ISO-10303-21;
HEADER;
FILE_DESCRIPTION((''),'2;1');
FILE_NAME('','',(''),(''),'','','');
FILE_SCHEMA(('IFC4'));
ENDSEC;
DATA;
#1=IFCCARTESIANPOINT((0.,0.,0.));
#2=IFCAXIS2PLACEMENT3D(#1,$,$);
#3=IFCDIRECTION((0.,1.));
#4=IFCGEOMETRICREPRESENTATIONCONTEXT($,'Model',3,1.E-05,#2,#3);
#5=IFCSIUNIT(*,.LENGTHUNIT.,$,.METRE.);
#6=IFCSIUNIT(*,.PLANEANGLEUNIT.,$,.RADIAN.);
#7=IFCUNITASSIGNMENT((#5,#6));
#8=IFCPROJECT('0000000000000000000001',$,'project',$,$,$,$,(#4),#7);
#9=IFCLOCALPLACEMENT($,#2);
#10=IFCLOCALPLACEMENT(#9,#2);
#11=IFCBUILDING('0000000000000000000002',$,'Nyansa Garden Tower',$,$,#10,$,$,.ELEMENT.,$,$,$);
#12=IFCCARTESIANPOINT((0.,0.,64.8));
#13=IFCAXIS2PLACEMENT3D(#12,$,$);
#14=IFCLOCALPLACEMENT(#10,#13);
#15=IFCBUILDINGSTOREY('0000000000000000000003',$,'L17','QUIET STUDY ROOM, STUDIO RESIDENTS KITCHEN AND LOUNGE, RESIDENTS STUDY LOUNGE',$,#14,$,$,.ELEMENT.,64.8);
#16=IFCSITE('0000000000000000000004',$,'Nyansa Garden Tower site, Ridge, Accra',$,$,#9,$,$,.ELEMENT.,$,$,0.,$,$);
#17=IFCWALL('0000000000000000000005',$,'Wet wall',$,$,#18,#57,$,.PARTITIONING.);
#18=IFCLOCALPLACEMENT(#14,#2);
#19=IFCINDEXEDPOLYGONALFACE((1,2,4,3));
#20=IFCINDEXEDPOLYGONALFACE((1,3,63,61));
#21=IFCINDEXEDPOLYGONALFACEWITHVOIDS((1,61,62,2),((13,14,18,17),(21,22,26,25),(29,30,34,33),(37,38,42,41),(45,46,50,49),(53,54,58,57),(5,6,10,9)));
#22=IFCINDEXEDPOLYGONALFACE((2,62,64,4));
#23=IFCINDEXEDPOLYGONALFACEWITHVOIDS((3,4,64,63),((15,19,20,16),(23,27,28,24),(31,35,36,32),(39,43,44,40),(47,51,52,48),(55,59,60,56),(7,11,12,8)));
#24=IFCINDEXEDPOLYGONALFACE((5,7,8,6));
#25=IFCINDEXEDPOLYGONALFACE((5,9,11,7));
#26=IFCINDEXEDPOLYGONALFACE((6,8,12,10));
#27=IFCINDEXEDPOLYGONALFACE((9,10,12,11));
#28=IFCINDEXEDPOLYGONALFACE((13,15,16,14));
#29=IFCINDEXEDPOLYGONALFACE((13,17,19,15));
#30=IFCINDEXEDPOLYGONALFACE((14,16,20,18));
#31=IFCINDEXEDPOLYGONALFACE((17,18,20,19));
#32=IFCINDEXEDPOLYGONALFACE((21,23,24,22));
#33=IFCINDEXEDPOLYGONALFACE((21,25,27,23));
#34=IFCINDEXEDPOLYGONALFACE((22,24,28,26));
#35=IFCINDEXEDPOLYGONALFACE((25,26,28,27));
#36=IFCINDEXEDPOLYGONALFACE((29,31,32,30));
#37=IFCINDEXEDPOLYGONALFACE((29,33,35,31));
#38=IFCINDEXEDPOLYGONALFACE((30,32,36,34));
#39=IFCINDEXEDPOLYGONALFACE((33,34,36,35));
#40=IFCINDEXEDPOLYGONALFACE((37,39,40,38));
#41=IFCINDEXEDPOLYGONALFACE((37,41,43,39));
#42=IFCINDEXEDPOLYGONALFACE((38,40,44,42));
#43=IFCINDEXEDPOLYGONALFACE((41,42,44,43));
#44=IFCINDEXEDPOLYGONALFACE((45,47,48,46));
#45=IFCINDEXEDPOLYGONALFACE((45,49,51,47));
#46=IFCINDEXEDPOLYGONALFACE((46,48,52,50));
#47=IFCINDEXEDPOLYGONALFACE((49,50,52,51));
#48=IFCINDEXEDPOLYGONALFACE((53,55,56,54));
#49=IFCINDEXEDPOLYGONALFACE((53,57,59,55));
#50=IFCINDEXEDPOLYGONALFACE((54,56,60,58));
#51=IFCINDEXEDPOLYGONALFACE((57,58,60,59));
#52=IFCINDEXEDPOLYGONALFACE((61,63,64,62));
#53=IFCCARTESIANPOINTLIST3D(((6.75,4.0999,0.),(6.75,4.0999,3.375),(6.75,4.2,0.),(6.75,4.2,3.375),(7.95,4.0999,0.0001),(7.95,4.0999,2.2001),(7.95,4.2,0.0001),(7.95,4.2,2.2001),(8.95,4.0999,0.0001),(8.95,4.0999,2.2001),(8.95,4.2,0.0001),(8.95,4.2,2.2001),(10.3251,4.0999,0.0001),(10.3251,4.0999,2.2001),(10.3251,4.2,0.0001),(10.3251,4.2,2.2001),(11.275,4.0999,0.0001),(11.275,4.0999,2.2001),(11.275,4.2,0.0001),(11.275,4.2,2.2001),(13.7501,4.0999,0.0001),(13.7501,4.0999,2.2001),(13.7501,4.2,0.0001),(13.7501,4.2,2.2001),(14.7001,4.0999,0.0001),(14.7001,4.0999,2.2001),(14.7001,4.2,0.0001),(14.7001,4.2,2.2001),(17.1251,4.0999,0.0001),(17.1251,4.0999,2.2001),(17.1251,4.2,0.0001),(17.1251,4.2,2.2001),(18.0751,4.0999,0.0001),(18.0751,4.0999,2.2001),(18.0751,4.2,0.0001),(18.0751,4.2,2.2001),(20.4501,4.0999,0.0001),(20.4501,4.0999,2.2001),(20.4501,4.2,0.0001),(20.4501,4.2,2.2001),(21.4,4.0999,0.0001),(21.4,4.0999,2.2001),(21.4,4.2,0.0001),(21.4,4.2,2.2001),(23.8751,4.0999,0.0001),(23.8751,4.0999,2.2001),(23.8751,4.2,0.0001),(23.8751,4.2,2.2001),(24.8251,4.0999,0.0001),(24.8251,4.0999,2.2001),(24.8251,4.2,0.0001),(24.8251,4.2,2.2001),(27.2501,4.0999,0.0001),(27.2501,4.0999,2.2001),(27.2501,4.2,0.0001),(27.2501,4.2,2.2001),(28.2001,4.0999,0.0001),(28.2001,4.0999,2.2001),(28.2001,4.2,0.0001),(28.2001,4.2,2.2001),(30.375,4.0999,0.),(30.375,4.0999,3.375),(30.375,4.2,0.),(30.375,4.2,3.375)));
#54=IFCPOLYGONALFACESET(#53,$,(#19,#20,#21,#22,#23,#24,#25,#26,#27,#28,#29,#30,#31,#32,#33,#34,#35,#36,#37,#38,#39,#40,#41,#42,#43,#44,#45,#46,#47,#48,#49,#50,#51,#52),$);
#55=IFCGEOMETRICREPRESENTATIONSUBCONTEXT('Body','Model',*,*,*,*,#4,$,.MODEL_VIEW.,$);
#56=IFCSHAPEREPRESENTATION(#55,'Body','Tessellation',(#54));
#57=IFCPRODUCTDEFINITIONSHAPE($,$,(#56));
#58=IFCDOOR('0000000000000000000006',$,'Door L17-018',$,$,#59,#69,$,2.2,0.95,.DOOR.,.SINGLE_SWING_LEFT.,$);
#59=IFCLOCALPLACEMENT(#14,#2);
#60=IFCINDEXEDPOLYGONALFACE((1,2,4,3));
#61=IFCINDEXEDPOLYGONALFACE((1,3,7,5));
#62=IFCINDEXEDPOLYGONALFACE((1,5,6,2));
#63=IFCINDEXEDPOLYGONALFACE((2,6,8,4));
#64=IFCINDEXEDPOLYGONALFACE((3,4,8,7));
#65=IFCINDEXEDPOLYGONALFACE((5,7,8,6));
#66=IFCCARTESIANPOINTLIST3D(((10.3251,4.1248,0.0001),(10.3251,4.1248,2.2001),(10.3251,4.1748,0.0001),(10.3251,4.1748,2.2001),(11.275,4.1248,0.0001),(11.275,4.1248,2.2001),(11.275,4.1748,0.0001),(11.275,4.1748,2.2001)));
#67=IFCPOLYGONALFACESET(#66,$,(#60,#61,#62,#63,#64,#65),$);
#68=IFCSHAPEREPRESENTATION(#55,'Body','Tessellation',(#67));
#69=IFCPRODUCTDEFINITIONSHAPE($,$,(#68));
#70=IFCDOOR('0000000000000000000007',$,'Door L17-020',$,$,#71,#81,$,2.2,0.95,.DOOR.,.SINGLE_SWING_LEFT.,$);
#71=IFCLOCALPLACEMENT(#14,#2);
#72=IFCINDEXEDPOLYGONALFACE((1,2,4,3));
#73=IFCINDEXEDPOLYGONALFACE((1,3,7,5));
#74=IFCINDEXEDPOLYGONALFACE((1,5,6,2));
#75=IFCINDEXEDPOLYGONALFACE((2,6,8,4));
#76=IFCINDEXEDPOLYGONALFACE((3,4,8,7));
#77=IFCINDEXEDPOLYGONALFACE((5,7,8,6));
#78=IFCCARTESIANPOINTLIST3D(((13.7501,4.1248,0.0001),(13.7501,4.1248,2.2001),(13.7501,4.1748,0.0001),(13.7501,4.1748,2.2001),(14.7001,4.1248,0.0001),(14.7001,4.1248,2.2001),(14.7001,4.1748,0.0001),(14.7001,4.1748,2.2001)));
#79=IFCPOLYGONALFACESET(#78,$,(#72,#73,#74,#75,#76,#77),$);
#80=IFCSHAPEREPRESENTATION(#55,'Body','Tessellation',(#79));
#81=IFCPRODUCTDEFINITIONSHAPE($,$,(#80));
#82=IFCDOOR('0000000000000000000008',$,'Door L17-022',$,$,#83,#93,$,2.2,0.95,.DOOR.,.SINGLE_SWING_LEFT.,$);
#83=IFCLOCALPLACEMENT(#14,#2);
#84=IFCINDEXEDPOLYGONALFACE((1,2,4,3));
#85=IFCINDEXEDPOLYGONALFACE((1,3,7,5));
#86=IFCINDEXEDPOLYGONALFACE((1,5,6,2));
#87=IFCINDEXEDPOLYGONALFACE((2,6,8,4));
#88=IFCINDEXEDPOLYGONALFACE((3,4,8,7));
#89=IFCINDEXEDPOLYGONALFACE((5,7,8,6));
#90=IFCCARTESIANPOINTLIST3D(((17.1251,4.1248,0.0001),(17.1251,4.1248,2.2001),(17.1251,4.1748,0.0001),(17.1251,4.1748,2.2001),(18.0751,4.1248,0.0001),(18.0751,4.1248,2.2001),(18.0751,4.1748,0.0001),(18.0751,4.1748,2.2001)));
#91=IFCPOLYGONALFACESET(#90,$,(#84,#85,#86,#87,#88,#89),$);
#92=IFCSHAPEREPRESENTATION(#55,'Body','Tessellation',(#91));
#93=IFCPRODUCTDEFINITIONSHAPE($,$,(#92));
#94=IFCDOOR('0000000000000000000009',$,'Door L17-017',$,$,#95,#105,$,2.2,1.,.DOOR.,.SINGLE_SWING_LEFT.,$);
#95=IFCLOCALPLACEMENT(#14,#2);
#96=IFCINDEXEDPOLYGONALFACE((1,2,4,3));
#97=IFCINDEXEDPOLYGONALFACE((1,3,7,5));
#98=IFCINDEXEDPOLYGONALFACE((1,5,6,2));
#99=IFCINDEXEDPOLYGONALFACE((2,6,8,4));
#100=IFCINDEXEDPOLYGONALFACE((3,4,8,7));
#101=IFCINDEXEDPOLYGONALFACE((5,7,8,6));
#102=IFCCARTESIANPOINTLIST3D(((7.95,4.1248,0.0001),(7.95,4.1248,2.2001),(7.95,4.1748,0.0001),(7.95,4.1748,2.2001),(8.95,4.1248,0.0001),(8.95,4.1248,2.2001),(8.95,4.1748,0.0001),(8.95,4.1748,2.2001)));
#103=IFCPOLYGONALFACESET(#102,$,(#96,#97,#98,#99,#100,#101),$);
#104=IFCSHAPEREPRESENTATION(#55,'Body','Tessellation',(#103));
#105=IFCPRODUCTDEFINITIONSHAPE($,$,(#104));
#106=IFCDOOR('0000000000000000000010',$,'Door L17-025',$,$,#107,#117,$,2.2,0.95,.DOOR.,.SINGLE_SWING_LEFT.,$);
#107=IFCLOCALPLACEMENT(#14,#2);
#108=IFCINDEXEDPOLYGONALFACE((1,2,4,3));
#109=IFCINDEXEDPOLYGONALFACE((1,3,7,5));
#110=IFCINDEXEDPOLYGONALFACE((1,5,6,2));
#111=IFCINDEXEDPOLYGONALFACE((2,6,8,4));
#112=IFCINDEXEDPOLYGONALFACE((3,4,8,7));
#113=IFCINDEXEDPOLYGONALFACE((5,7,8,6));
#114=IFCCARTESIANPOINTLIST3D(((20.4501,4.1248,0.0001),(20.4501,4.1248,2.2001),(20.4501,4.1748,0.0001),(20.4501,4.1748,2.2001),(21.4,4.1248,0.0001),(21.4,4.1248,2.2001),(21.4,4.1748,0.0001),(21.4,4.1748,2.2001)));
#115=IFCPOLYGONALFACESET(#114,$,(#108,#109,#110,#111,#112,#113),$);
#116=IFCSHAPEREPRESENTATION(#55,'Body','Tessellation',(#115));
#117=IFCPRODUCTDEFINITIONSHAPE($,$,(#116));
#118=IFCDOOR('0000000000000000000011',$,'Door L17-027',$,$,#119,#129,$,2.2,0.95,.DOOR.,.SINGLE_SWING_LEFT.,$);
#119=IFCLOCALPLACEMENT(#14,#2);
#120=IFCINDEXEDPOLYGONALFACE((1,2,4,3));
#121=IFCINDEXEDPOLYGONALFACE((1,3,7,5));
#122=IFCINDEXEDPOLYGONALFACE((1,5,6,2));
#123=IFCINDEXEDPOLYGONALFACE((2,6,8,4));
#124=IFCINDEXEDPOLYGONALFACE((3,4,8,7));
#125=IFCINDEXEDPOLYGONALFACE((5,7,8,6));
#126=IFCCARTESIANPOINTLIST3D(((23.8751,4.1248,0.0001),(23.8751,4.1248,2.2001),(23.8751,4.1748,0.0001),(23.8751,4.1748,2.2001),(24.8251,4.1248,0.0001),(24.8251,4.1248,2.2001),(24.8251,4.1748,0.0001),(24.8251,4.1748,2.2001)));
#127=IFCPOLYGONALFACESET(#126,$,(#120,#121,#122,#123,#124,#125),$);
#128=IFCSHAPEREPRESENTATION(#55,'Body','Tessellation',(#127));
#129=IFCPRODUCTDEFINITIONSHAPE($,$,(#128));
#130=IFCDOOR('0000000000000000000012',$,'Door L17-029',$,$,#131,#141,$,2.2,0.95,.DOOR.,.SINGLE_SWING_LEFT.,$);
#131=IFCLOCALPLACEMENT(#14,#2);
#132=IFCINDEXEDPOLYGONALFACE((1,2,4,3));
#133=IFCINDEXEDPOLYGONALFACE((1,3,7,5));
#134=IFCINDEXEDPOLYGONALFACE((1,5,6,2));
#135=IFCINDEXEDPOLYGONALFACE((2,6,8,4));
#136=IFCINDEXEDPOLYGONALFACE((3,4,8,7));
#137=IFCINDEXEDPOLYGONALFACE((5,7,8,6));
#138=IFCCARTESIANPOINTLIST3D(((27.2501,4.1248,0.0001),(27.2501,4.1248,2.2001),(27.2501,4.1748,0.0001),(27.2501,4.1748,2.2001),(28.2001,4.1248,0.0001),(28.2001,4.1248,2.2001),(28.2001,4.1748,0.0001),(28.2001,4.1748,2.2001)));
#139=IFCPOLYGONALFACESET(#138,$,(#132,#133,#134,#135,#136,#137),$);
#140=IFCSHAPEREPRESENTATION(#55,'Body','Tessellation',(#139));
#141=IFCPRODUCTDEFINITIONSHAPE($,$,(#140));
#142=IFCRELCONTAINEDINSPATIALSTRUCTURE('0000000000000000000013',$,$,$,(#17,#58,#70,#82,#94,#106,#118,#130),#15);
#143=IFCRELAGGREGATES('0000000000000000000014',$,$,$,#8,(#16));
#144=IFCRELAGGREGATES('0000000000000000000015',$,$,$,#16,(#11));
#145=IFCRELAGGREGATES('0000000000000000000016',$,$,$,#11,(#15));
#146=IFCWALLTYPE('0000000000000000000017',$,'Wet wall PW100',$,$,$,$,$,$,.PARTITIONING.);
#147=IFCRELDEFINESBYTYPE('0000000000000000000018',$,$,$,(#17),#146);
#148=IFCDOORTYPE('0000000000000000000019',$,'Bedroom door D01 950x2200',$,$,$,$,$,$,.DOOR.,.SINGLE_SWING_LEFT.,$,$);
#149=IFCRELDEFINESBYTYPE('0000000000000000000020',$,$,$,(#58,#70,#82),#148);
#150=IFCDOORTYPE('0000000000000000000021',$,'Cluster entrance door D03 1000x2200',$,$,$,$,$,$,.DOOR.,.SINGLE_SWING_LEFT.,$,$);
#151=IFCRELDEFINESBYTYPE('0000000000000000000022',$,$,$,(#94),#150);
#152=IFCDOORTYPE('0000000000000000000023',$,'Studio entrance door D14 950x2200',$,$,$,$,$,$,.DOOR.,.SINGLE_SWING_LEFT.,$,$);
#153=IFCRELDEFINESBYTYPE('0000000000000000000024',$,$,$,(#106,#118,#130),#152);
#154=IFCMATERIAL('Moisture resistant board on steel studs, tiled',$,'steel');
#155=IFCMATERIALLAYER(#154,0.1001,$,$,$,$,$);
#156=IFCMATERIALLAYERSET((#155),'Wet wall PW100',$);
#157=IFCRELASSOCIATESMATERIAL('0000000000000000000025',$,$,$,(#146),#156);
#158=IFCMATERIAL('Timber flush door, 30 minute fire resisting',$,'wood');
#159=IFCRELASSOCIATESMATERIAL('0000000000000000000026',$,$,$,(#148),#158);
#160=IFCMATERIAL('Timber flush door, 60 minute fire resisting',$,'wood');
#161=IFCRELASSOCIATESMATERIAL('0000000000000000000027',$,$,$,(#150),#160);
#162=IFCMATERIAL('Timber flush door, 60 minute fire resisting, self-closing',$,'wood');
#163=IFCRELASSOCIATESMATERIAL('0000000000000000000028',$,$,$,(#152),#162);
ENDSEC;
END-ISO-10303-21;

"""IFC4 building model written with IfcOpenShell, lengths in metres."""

from ifc_helpers import new_model, si_unit, direction, frame, frame_2d, origin, place, context, subcontext, project, spatial, rectangle, extrude, material, layer, layer_set, type_object, element, fill, save


model = new_model("IFC4")

# Units and contexts
model_context = context("Model", 3, precision=1e-05, world=origin(), true_north=direction((0.0, 1.0)))
body_context = subcontext(model_context, "Body", "Model", "MODEL_VIEW")
ifc_project = project(units=[si_unit("LENGTHUNIT", "METRE"), si_unit("PLANEANGLEUNIT", "RADIAN")], contexts=[model_context])

# Site, building, storey
site_placement = place(None, origin())
site = spatial("IfcSite", under=ifc_project, at=site_placement, Name="Nyansa Garden Tower site, Ridge, Accra", CompositionType="ELEMENT", RefElevation=0.0)
building_placement = place(site_placement, origin())
building = spatial("IfcBuilding", under=site, at=building_placement, Name="Nyansa Garden Tower", CompositionType="ELEMENT")
storey_placement = place(building_placement, frame((0.0, 0.0, 64.8)))
storey = spatial("IfcBuildingStorey", under=building, at=storey_placement, Name="L17", Description="QUIET STUDY ROOM, STUDIO RESIDENTS KITCHEN AND LOUNGE, RESIDENTS STUDY LOUNGE", CompositionType="ELEMENT", Elevation=64.8)

# Wall, openings, doors
ifc_material_1 = material(Name="Moisture resistant board on steel studs, tiled", Category="steel")
ifc_layer_1 = layer(ifc_material_1, 0.1001)
ifc_layer_set_1 = layer_set([ifc_layer_1], Name="Wet wall PW100")
wall_type_1 = type_object("IfcWallType", Name="Wet wall PW100", PredefinedType="PARTITIONING", material=ifc_layer_set_1)
wall_1_placement = place(storey_placement, frame((6.75, 4.1499, 0.0), z_axis=(0.0, 0.0, 1.0), x_axis=(1.0, 0.0, 0.0)))
wall_1 = element("IfcWall", 1, at=wall_1_placement, inside=storey, type_object=wall_type_1, Name="Wet wall", PredefinedType="PARTITIONING", context=body_context, shape_type="SweptSolid", body=[
    extrude(rectangle(XDim=23.625, YDim=0.1001, at=frame_2d((11.8125, 0.0))), origin(), (0.0, 0.0, 1.0), 3.375),
])
opening_1_placement = place(wall_1_placement, frame((1.2, 0.0, 0.0)))
opening_1 = element("IfcOpeningElement", 2, at=opening_1_placement, cuts=wall_1, PredefinedType="OPENING", context=body_context, shape_type="SweptSolid", body=[
    extrude(rectangle(XDim=1.0, YDim=2.2, at=frame_2d((0.5, 1.1001))), frame((0.0, 0.0601, 0.0), z_axis=(0.0, -1.0, 0.0), x_axis=(1.0, 0.0, 0.0)), (0.0, 0.0, 1.0), 0.1201),
])
opening_2_placement = place(wall_1_placement, frame((3.575, 0.0, 0.0)))
opening_2 = element("IfcOpeningElement", 3, at=opening_2_placement, cuts=wall_1, PredefinedType="OPENING", context=body_context, shape_type="SweptSolid", body=[
    extrude(rectangle(XDim=0.95, YDim=2.2, at=frame_2d((0.4751, 1.1001))), frame((0.0, 0.0601, 0.0), z_axis=(0.0, -1.0, 0.0), x_axis=(1.0, 0.0, 0.0)), (0.0, 0.0, 1.0), 0.1201),
])
opening_3_placement = place(wall_1_placement, frame((7.0, 0.0, 0.0)))
opening_3 = element("IfcOpeningElement", 4, at=opening_3_placement, cuts=wall_1, PredefinedType="OPENING", context=body_context, shape_type="SweptSolid", body=[
    extrude(rectangle(XDim=0.95, YDim=2.2, at=frame_2d((0.4751, 1.1001))), frame((0.0, 0.0601, 0.0), z_axis=(0.0, -1.0, 0.0), x_axis=(1.0, 0.0, 0.0)), (0.0, 0.0, 1.0), 0.1201),
])
opening_4_placement = place(wall_1_placement, frame((10.375, 0.0, 0.0)))
opening_4 = element("IfcOpeningElement", 5, at=opening_4_placement, cuts=wall_1, PredefinedType="OPENING", context=body_context, shape_type="SweptSolid", body=[
    extrude(rectangle(XDim=0.95, YDim=2.2, at=frame_2d((0.4751, 1.1001))), frame((0.0, 0.0601, 0.0), z_axis=(0.0, -1.0, 0.0), x_axis=(1.0, 0.0, 0.0)), (0.0, 0.0, 1.0), 0.1201),
])
opening_5_placement = place(wall_1_placement, frame((13.7, 0.0, 0.0)))
opening_5 = element("IfcOpeningElement", 6, at=opening_5_placement, cuts=wall_1, PredefinedType="OPENING", context=body_context, shape_type="SweptSolid", body=[
    extrude(rectangle(XDim=0.95, YDim=2.2, at=frame_2d((0.4751, 1.1001))), frame((0.0, 0.0601, 0.0), z_axis=(0.0, -1.0, 0.0), x_axis=(1.0, 0.0, 0.0)), (0.0, 0.0, 1.0), 0.1201),
])
opening_6_placement = place(wall_1_placement, frame((17.125, 0.0, 0.0)))
opening_6 = element("IfcOpeningElement", 7, at=opening_6_placement, cuts=wall_1, PredefinedType="OPENING", context=body_context, shape_type="SweptSolid", body=[
    extrude(rectangle(XDim=0.95, YDim=2.2, at=frame_2d((0.4751, 1.1001))), frame((0.0, 0.0601, 0.0), z_axis=(0.0, -1.0, 0.0), x_axis=(1.0, 0.0, 0.0)), (0.0, 0.0, 1.0), 0.1201),
])
opening_7_placement = place(wall_1_placement, frame((20.5, 0.0, 0.0)))
opening_7 = element("IfcOpeningElement", 8, at=opening_7_placement, cuts=wall_1, PredefinedType="OPENING", context=body_context, shape_type="SweptSolid", body=[
    extrude(rectangle(XDim=0.95, YDim=2.2, at=frame_2d((0.4751, 1.1001))), frame((0.0, 0.0601, 0.0), z_axis=(0.0, -1.0, 0.0), x_axis=(1.0, 0.0, 0.0)), (0.0, 0.0, 1.0), 0.1201),
])
ifc_material_2 = material(Name="Timber flush door, 30 minute fire resisting", Category="wood")
door_type_1 = type_object("IfcDoorType", Name="Bedroom door D01 950x2200", OperationType="SINGLE_SWING_LEFT", PredefinedType="DOOR", material=ifc_material_2)
door_1_placement = place(opening_2_placement, origin())
door_1 = element("IfcDoor", 9, at=door_1_placement, inside=storey, type_object=door_type_1, Name="Door L17-018", OperationType="SINGLE_SWING_LEFT", OverallHeight=2.2, OverallWidth=0.95, PredefinedType="DOOR", context=body_context, shape_type="SweptSolid", body=[
    extrude(rectangle(XDim=0.95, YDim=2.2, at=frame_2d((0.4751, 1.1001))), frame((0.0, 0.0249, 0.0), z_axis=(0.0, -1.0, 0.0), x_axis=(1.0, 0.0, 0.0)), (0.0, 0.0, 1.0), 0.05),
])
fill(opening_2, door_1)
door_2_placement = place(opening_3_placement, origin())
door_2 = element("IfcDoor", 10, at=door_2_placement, inside=storey, type_object=door_type_1, Name="Door L17-020", OperationType="SINGLE_SWING_LEFT", OverallHeight=2.2, OverallWidth=0.95, PredefinedType="DOOR", context=body_context, shape_type="SweptSolid", body=[
    extrude(rectangle(XDim=0.95, YDim=2.2, at=frame_2d((0.4751, 1.1001))), frame((0.0, 0.0249, 0.0), z_axis=(0.0, -1.0, 0.0), x_axis=(1.0, 0.0, 0.0)), (0.0, 0.0, 1.0), 0.05),
])
fill(opening_3, door_2)
door_3_placement = place(opening_4_placement, origin())
door_3 = element("IfcDoor", 11, at=door_3_placement, inside=storey, type_object=door_type_1, Name="Door L17-022", OperationType="SINGLE_SWING_LEFT", OverallHeight=2.2, OverallWidth=0.95, PredefinedType="DOOR", context=body_context, shape_type="SweptSolid", body=[
    extrude(rectangle(XDim=0.95, YDim=2.2, at=frame_2d((0.4751, 1.1001))), frame((0.0, 0.0249, 0.0), z_axis=(0.0, -1.0, 0.0), x_axis=(1.0, 0.0, 0.0)), (0.0, 0.0, 1.0), 0.05),
])
fill(opening_4, door_3)
ifc_material_3 = material(Name="Timber flush door, 60 minute fire resisting", Category="wood")
door_type_2 = type_object("IfcDoorType", Name="Cluster entrance door D03 1000x2200", OperationType="SINGLE_SWING_LEFT", PredefinedType="DOOR", material=ifc_material_3)
door_4_placement = place(opening_1_placement, origin())
door_4 = element("IfcDoor", 12, at=door_4_placement, inside=storey, type_object=door_type_2, Name="Door L17-017", OperationType="SINGLE_SWING_LEFT", OverallHeight=2.2, OverallWidth=1.0, PredefinedType="DOOR", context=body_context, shape_type="SweptSolid", body=[
    extrude(rectangle(XDim=1.0, YDim=2.2, at=frame_2d((0.5, 1.1001))), frame((0.0, 0.0249, 0.0), z_axis=(0.0, -1.0, 0.0), x_axis=(1.0, 0.0, 0.0)), (0.0, 0.0, 1.0), 0.05),
])
fill(opening_1, door_4)
ifc_material_4 = material(Name="Timber flush door, 60 minute fire resisting, self-closing", Category="wood")
door_type_3 = type_object("IfcDoorType", Name="Studio entrance door D14 950x2200", OperationType="SINGLE_SWING_LEFT", PredefinedType="DOOR", material=ifc_material_4)
door_5_placement = place(opening_5_placement, origin())
door_5 = element("IfcDoor", 13, at=door_5_placement, inside=storey, type_object=door_type_3, Name="Door L17-025", OperationType="SINGLE_SWING_LEFT", OverallHeight=2.2, OverallWidth=0.95, PredefinedType="DOOR", context=body_context, shape_type="SweptSolid", body=[
    extrude(rectangle(XDim=0.95, YDim=2.2, at=frame_2d((0.4751, 1.1001))), frame((0.0, 0.0249, 0.0), z_axis=(0.0, -1.0, 0.0), x_axis=(1.0, 0.0, 0.0)), (0.0, 0.0, 1.0), 0.05),
])
fill(opening_5, door_5)
door_6_placement = place(opening_6_placement, origin())
door_6 = element("IfcDoor", 14, at=door_6_placement, inside=storey, type_object=door_type_3, Name="Door L17-027", OperationType="SINGLE_SWING_LEFT", OverallHeight=2.2, OverallWidth=0.95, PredefinedType="DOOR", context=body_context, shape_type="SweptSolid", body=[
    extrude(rectangle(XDim=0.95, YDim=2.2, at=frame_2d((0.4751, 1.1001))), frame((0.0, 0.0249, 0.0), z_axis=(0.0, -1.0, 0.0), x_axis=(1.0, 0.0, 0.0)), (0.0, 0.0, 1.0), 0.05),
])
fill(opening_6, door_6)
door_7_placement = place(opening_7_placement, origin())
door_7 = element("IfcDoor", 15, at=door_7_placement, inside=storey, type_object=door_type_3, Name="Door L17-029", OperationType="SINGLE_SWING_LEFT", OverallHeight=2.2, OverallWidth=0.95, PredefinedType="DOOR", context=body_context, shape_type="SweptSolid", body=[
    extrude(rectangle(XDim=0.95, YDim=2.2, at=frame_2d((0.4751, 1.1001))), frame((0.0, 0.0249, 0.0), z_axis=(0.0, -1.0, 0.0), x_axis=(1.0, 0.0, 0.0)), (0.0, 0.0, 1.0), 0.05),
])
fill(opening_7, door_7)

save(model, "model.ifc")
